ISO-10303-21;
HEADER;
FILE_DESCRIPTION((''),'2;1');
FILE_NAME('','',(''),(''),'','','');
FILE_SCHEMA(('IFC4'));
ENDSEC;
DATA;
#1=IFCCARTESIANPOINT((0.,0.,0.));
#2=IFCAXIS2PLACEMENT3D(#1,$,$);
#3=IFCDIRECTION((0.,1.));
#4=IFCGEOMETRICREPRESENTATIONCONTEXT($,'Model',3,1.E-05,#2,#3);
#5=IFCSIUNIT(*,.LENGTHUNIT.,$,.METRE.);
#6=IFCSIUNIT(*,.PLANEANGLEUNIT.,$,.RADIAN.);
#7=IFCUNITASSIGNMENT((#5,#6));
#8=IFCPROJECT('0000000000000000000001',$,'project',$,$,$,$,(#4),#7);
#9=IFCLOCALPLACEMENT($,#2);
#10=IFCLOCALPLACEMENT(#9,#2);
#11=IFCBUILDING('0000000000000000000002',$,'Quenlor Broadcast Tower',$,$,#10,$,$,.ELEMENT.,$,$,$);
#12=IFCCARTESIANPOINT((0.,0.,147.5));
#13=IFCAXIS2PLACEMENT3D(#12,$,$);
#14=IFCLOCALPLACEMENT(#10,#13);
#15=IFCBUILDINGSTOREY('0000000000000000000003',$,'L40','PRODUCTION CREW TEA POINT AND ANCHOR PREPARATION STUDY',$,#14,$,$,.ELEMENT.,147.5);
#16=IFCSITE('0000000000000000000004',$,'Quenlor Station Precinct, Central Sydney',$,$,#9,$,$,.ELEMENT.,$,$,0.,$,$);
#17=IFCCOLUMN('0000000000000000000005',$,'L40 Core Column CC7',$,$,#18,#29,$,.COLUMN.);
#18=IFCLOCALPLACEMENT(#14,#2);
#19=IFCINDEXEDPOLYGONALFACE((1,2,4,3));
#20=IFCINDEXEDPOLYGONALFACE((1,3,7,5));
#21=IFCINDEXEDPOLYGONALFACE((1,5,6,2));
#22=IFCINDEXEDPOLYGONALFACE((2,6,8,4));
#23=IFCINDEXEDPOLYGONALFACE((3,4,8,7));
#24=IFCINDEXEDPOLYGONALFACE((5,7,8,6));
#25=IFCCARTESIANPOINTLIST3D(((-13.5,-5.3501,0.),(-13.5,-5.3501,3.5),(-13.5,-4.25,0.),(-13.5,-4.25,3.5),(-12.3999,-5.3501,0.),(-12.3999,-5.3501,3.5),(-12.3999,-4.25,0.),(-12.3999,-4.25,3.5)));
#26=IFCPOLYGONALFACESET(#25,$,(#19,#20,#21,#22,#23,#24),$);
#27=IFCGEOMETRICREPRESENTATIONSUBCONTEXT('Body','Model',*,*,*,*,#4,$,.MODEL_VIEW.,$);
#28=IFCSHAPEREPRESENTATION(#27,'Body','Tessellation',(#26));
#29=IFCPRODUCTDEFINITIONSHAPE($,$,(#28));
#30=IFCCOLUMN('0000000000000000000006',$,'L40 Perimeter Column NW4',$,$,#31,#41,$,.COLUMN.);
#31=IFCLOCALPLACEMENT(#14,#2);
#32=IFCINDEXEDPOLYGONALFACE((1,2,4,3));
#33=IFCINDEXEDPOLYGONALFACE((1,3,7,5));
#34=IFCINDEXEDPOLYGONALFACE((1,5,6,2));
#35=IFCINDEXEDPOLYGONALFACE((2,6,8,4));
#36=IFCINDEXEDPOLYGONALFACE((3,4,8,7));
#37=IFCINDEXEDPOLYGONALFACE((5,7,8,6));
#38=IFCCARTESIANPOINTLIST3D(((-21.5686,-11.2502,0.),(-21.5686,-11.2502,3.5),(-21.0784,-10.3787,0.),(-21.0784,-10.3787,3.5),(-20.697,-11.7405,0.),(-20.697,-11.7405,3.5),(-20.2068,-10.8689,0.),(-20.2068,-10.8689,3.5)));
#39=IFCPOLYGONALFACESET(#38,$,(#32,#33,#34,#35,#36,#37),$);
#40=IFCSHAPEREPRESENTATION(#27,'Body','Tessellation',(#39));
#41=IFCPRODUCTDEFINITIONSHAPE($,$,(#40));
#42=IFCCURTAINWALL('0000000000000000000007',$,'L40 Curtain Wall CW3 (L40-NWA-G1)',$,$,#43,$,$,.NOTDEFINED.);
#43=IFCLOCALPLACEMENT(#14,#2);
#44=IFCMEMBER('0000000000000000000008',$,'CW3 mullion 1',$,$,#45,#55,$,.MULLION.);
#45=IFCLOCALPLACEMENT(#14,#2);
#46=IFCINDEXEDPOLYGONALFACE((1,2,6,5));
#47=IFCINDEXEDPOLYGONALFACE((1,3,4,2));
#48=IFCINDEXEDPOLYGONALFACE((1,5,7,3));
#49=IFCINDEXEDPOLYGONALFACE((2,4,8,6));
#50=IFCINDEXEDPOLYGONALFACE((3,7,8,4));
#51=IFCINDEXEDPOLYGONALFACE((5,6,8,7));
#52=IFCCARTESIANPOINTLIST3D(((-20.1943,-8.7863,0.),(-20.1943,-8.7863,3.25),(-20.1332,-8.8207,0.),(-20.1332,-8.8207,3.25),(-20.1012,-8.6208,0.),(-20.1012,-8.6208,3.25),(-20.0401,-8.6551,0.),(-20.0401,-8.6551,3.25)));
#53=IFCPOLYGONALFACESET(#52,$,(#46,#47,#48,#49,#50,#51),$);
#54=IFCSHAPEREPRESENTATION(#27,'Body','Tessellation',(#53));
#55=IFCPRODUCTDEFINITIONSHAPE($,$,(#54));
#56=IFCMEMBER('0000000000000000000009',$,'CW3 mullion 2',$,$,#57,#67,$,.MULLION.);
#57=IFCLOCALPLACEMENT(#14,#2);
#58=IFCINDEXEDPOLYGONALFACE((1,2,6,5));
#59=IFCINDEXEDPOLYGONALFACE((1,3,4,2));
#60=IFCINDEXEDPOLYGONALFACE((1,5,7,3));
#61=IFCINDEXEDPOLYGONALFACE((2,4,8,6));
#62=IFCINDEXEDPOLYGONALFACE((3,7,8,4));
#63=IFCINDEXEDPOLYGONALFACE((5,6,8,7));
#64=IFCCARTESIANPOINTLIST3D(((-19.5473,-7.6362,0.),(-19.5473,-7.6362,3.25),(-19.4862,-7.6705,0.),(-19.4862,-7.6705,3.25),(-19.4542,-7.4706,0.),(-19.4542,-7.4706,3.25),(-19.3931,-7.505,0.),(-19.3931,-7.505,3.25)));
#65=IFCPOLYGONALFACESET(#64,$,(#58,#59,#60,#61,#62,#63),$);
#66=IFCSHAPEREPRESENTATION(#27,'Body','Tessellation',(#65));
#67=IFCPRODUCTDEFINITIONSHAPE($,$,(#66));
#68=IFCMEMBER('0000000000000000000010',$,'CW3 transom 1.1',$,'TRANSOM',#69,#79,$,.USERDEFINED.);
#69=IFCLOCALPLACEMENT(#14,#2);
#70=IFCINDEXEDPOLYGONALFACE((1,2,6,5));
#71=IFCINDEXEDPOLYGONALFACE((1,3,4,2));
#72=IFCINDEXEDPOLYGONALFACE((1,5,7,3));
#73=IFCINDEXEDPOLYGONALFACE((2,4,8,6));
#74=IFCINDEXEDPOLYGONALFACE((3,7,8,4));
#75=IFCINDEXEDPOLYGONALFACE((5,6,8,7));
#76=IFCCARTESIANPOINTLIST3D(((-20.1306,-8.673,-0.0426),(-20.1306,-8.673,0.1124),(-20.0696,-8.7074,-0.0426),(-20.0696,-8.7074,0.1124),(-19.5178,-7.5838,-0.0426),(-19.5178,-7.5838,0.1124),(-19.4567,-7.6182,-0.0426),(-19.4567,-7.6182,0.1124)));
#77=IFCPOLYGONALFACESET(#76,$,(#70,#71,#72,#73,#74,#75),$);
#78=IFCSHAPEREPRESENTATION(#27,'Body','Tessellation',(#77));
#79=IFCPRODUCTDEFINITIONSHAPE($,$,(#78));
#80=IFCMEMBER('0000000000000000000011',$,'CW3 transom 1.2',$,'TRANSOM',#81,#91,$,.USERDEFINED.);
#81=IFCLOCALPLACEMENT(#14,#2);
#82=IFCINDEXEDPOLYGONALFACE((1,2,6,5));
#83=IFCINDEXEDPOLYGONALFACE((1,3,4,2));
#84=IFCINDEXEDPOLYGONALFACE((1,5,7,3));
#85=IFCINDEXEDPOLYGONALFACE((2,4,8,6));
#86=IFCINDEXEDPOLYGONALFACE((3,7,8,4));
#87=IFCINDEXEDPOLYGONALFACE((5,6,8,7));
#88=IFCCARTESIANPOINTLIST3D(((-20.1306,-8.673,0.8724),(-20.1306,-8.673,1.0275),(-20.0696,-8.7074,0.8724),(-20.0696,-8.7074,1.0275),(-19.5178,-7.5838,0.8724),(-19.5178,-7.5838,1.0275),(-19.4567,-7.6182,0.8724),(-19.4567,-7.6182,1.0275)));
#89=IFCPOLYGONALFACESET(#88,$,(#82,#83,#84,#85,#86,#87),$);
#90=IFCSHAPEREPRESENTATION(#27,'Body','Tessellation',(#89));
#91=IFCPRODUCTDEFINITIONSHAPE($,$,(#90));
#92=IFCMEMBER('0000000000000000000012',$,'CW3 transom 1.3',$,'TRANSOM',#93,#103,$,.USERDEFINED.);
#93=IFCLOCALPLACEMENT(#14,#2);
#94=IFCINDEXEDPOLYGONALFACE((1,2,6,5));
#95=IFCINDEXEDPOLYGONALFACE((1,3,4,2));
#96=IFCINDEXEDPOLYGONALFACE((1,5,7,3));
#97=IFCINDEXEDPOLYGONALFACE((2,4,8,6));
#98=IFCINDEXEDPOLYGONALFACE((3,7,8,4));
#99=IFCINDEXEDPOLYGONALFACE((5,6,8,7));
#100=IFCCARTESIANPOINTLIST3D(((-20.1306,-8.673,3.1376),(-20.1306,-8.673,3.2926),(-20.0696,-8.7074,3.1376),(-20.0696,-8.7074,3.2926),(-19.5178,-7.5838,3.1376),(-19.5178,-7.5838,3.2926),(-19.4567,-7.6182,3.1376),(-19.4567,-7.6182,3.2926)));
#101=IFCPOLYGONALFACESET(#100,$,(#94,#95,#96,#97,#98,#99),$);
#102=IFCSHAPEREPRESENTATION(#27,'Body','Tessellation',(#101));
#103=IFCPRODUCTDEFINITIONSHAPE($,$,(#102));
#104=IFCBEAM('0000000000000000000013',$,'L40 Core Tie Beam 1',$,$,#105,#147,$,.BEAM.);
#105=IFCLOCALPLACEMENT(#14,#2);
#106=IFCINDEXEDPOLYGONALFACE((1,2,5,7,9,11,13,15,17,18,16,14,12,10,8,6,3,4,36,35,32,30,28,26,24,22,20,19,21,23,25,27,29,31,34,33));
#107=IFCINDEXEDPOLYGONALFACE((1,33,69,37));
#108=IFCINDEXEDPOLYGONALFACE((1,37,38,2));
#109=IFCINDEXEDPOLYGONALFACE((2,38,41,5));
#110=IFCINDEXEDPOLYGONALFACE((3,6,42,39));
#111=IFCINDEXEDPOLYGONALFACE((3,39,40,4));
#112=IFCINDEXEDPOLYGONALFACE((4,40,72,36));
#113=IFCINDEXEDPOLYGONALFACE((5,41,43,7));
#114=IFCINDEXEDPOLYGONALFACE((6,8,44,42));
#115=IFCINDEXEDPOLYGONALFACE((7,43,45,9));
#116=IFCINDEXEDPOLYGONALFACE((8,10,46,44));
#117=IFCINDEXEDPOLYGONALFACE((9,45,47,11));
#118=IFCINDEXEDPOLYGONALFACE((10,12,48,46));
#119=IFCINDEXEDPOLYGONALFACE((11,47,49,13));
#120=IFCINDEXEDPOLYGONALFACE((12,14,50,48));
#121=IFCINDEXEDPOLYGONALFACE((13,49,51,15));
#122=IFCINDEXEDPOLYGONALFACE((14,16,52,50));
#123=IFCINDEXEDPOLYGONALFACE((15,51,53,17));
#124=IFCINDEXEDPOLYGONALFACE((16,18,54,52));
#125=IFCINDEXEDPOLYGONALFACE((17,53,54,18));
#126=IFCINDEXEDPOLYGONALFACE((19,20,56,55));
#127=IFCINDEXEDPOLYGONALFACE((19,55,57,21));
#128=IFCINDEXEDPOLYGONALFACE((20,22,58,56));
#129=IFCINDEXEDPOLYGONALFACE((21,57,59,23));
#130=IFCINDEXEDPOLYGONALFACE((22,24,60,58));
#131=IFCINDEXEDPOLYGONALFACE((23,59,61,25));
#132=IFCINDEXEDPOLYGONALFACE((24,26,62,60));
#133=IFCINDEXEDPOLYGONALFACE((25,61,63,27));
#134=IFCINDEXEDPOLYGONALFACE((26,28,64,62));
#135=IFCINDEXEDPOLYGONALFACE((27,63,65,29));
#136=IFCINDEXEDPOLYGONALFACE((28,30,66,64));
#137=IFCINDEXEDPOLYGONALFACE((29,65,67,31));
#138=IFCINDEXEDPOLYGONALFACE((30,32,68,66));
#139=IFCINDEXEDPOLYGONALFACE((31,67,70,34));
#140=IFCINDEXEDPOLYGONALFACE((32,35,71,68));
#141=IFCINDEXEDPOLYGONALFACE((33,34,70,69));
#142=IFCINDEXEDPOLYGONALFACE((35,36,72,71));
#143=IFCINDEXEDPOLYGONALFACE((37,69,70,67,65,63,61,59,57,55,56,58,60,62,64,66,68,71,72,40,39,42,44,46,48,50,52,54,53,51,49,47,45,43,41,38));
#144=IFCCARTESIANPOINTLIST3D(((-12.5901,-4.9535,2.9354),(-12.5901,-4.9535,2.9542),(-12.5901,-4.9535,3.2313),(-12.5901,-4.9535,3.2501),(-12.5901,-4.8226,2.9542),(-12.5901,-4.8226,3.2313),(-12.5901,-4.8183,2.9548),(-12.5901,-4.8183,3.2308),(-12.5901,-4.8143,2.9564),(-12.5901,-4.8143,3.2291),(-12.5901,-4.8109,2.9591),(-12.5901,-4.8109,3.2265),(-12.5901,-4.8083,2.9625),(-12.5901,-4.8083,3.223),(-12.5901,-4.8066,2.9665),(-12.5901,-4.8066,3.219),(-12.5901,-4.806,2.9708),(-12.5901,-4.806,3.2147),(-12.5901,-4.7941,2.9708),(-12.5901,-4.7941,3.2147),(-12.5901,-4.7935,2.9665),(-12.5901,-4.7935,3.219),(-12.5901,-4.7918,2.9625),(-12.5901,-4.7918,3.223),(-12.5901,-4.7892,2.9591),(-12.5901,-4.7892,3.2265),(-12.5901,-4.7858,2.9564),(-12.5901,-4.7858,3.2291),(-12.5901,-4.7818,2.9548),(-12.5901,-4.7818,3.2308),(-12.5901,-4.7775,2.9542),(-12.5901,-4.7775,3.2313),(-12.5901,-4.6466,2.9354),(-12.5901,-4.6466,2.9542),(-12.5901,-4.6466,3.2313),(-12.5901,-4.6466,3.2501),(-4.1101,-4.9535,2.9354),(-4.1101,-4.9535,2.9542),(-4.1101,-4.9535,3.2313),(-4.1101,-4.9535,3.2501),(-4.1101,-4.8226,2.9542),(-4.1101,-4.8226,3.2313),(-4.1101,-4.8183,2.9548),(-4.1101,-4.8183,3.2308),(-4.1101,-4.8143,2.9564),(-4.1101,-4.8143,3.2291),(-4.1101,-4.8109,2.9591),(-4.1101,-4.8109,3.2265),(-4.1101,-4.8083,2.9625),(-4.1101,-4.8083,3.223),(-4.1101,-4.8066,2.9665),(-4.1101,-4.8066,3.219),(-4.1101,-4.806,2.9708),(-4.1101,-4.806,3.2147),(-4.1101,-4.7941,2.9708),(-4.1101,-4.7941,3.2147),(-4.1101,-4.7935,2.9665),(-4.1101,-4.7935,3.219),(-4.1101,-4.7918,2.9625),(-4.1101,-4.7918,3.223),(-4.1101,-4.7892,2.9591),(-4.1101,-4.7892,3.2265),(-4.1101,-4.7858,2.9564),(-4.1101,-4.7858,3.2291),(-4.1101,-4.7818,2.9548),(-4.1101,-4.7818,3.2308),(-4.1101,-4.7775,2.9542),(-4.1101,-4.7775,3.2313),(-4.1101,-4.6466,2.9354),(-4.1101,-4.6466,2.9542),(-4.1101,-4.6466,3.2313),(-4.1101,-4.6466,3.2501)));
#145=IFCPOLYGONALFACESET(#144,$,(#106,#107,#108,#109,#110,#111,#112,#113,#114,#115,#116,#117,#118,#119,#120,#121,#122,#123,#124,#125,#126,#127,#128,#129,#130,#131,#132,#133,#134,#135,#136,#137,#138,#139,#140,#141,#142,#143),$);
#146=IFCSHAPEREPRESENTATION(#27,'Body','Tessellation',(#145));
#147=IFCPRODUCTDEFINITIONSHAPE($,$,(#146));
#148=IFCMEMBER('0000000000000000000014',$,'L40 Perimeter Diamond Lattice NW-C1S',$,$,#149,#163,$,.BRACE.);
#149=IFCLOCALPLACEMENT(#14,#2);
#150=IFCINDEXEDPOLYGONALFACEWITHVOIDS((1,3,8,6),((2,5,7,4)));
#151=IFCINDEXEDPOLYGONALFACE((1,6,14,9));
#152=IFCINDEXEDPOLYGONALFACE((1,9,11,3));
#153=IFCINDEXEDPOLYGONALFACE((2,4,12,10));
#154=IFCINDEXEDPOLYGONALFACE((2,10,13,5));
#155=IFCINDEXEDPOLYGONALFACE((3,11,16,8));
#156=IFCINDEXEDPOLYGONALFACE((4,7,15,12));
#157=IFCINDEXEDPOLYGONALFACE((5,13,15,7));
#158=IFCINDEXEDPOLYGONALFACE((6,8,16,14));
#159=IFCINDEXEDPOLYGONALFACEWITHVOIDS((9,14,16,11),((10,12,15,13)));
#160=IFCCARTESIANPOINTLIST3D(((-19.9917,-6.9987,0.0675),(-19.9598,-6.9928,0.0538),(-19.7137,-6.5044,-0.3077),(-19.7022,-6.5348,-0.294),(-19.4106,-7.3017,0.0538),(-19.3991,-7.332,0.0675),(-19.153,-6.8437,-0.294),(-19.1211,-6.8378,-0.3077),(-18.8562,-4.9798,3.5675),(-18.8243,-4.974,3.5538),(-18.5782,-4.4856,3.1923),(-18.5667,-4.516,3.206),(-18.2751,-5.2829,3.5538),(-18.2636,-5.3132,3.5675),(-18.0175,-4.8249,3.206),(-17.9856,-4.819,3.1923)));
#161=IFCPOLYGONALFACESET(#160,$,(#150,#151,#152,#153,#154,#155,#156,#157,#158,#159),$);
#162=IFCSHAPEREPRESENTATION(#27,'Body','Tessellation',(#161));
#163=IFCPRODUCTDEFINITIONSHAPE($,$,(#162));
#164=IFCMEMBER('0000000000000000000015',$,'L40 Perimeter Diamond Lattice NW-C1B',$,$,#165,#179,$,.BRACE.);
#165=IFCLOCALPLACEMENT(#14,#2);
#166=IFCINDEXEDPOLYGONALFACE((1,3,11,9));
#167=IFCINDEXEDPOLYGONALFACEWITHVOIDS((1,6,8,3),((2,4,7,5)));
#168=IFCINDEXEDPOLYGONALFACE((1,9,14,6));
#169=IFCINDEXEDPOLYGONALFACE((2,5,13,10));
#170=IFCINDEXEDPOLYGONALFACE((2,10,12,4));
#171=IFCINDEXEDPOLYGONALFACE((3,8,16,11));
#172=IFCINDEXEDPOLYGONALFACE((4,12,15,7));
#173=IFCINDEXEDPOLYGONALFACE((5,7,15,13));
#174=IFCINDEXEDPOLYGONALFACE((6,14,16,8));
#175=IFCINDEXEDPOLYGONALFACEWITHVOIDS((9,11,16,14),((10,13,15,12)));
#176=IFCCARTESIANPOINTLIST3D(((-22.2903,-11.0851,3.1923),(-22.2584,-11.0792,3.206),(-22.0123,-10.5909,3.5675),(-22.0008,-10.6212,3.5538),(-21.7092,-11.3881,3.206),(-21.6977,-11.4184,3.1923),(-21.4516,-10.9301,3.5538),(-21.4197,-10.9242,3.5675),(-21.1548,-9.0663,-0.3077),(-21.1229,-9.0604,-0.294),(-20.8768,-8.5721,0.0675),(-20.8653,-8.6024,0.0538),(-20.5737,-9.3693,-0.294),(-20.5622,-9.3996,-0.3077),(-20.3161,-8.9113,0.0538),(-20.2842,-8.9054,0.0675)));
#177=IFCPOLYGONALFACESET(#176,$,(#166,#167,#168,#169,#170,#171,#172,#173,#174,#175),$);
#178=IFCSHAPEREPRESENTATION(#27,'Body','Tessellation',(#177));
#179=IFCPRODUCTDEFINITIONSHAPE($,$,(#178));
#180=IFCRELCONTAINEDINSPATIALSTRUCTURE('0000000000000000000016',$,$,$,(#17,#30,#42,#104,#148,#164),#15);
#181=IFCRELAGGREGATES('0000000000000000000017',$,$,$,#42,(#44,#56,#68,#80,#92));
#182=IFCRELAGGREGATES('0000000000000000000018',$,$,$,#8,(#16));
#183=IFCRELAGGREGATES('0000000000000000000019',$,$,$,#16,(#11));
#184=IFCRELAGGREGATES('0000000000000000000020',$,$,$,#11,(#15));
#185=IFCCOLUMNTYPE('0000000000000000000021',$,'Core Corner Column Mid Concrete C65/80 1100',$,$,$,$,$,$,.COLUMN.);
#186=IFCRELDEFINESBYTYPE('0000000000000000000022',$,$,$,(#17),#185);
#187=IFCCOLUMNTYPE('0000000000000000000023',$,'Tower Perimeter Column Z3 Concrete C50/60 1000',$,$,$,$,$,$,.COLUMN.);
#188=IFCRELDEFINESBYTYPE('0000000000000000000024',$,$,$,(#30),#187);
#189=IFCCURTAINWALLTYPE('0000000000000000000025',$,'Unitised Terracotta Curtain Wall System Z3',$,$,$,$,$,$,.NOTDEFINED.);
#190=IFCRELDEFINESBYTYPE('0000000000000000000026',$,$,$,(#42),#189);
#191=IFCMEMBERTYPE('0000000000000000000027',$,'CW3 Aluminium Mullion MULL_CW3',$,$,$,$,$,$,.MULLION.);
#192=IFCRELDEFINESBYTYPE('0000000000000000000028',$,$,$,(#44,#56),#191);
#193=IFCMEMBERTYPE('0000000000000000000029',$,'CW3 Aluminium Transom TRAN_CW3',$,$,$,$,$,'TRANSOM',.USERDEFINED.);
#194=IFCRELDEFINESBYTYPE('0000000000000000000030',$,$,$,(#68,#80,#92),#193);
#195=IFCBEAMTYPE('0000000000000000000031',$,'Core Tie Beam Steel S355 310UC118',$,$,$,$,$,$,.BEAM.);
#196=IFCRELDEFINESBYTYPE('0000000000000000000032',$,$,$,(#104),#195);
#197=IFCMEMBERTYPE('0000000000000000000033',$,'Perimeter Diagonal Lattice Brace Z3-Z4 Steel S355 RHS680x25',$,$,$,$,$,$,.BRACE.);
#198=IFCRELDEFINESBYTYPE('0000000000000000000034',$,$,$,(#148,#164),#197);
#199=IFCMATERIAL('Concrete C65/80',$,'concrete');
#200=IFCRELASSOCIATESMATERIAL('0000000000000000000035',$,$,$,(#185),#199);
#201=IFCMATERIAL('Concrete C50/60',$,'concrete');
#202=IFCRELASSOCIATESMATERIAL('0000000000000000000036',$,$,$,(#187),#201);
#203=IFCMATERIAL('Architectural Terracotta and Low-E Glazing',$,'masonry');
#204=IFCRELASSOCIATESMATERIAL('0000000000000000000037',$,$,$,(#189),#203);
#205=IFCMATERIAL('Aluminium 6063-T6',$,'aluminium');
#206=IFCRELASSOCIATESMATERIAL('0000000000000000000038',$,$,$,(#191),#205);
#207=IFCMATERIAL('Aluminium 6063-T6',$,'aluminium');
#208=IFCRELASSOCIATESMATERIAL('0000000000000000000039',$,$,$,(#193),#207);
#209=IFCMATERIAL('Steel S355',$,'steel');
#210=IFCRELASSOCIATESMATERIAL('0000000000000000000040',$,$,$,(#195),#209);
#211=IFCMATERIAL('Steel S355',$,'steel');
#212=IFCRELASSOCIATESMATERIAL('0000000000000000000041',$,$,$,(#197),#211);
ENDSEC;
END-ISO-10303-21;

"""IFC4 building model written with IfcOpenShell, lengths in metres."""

from ifc_helpers import new_model, si_unit, direction, frame, origin, origin_2d, place, context, subcontext, project, spatial, rectangle, hollow_rectangle, i_section, extrude, material, material_profile, profile_set, type_object, element, aggregate, save


model = new_model("IFC4")

# Units and contexts
model_context = context("Model", 3, precision=1e-05, world=origin(), true_north=direction((0.0, 1.0)))
body_context = subcontext(model_context, "Body", "Model", "MODEL_VIEW")
ifc_project = project(units=[si_unit("LENGTHUNIT", "METRE"), si_unit("PLANEANGLEUNIT", "RADIAN")], contexts=[model_context])

# Site, building, storey
site_placement = place(None, origin())
site = spatial("IfcSite", under=ifc_project, at=site_placement, Name="Quenlor Station Precinct, Central Sydney", CompositionType="ELEMENT", RefElevation=0.0)
building_placement = place(site_placement, origin())
building = spatial("IfcBuilding", under=site, at=building_placement, Name="Quenlor Broadcast Tower", CompositionType="ELEMENT")
storey_placement = place(building_placement, frame((0.0, 0.0, 147.5)))
storey = spatial("IfcBuildingStorey", under=building, at=storey_placement, Name="L40", Description="PRODUCTION CREW TEA POINT AND ANCHOR PREPARATION STUDY", CompositionType="ELEMENT", Elevation=147.5)

# Columns
ifc_material_1 = material(Name="Concrete C65/80", Category="concrete")
ifc_material_profile_1 = material_profile(ifc_material_1, rectangle(XDim=1.1001, YDim=1.1001, at=origin_2d()))
ifc_profile_set_1 = profile_set([ifc_material_profile_1], Name="Concrete C65/80 RC1100x1100")
column_type_1 = type_object("IfcColumnType", Name="Core Corner Column Mid Concrete C65/80 1100", PredefinedType="COLUMN", material=ifc_profile_set_1)
column_1_placement = place(storey_placement, frame((-12.95, -4.8, 0.0), z_axis=(0.0, 0.0, 1.0), x_axis=(1.0, 0.0, 0.0)))
element("IfcColumn", 1, at=column_1_placement, inside=storey, type_object=column_type_1, Name="L40 Core Column CC7", PredefinedType="COLUMN", context=body_context, shape_type="SweptSolid", body=[
    extrude(rectangle(XDim=1.1001, YDim=1.1001, at=origin_2d()), origin(), (0.0, 0.0, 1.0), 3.5),
])
ifc_material_2 = material(Name="Concrete C50/60", Category="concrete")
ifc_material_profile_2 = material_profile(ifc_material_2, rectangle(XDim=1.0, YDim=1.0, at=origin_2d()))
ifc_profile_set_2 = profile_set([ifc_material_profile_2], Name="Concrete C50/60 RC1000x1000")
column_type_2 = type_object("IfcColumnType", Name="Tower Perimeter Column Z3 Concrete C50/60 1000", PredefinedType="COLUMN", material=ifc_profile_set_2)
column_2_placement = place(storey_placement, frame((-20.8877, -11.0596, 0.0), z_axis=(0.0, 0.0, 1.0), x_axis=(-0.871575, 0.490262, 0.0)))
element("IfcColumn", 2, at=column_2_placement, inside=storey, type_object=column_type_2, Name="L40 Perimeter Column NW4", PredefinedType="COLUMN", context=body_context, shape_type="SweptSolid", body=[
    extrude(rectangle(XDim=1.0, YDim=1.0, at=origin_2d()), origin(), (0.0, 0.0, 1.0), 3.5),
])

# Curtain wall, members
ifc_material_3 = material(Name="Architectural Terracotta and Low-E Glazing", Category="masonry")
curtain_wall_type = type_object("IfcCurtainWallType", Name="Unitised Terracotta Curtain Wall System Z3", PredefinedType="NOTDEFINED", material=ifc_material_3)
curtain_wall_placement = place(storey_placement, origin())
curtain_wall = element("IfcCurtainWall", 3, at=curtain_wall_placement, inside=storey, type_object=curtain_wall_type, Name="L40 Curtain Wall CW3 (L40-NWA-G1)", PredefinedType="NOTDEFINED")
ifc_material_4 = material(Name="Aluminium 6063-T6", Category="aluminium")
ifc_material_profile_3 = material_profile(ifc_material_4, rectangle(XDim=0.0701, YDim=0.1899, at=origin_2d()))
ifc_profile_set_3 = profile_set([ifc_material_profile_3], Name="Aluminium 6063-T6 MULL70x190")
member_type_1 = type_object("IfcMemberType", Name="CW3 Aluminium Mullion MULL_CW3", PredefinedType="MULLION", material=ifc_profile_set_3)
member_1_placement = place(storey_placement, frame((-20.1172, -8.7207, 0.0), z_axis=(0.0, 0.0, 1.0), x_axis=(-0.871576, 0.490261, 0.0)))
member_1 = element("IfcMember", 4, at=member_1_placement, type_object=member_type_1, Name="CW3 mullion 1", PredefinedType="MULLION", context=body_context, shape_type="SweptSolid", body=[
    extrude(rectangle(XDim=0.0701, YDim=0.1899, at=origin_2d()), origin(), (0.0, 0.0, 1.0), 3.25),
])
member_2_placement = place(storey_placement, frame((-19.4702, -7.5706, 0.0), z_axis=(0.0, 0.0, 1.0), x_axis=(-0.871576, 0.490261, 0.0)))
member_2 = element("IfcMember", 5, at=member_2_placement, type_object=member_type_1, Name="CW3 mullion 2", PredefinedType="MULLION", context=body_context, shape_type="SweptSolid", body=[
    extrude(rectangle(XDim=0.0701, YDim=0.1899, at=origin_2d()), origin(), (0.0, 0.0, 1.0), 3.25),
])
ifc_material_5 = material(Name="Aluminium 6063-T6", Category="aluminium")
ifc_material_profile_4 = material_profile(ifc_material_5, rectangle(XDim=0.0701, YDim=0.155, at=origin_2d()))
ifc_profile_set_4 = profile_set([ifc_material_profile_4], Name="Aluminium 6063-T6 TRAN70x155")
member_type_2 = type_object("IfcMemberType", Name="CW3 Aluminium Transom TRAN_CW3", ElementType="TRANSOM", PredefinedType="USERDEFINED", material=ifc_profile_set_4)
member_3_placement = place(storey_placement, frame((-20.1001, -8.6902, 0.0349), z_axis=(0.490363, 0.871518, 0.0), x_axis=(-0.871518, 0.490363, 0.0)))
member_3 = element("IfcMember", 6, at=member_3_placement, type_object=member_type_2, Name="CW3 transom 1.1", ObjectType="TRANSOM", PredefinedType="USERDEFINED", context=body_context, shape_type="SweptSolid", body=[
    extrude(rectangle(XDim=0.0701, YDim=0.155, at=origin_2d()), origin(), (0.0, 0.0, 1.0), 1.2498),
])
member_4_placement = place(storey_placement, frame((-20.1001, -8.6902, 0.95), z_axis=(0.490363, 0.871518, 0.0), x_axis=(-0.871518, 0.490363, 0.0)))
member_4 = element("IfcMember", 7, at=member_4_placement, type_object=member_type_2, Name="CW3 transom 1.2", ObjectType="TRANSOM", PredefinedType="USERDEFINED", context=body_context, shape_type="SweptSolid", body=[
    extrude(rectangle(XDim=0.0701, YDim=0.155, at=origin_2d()), origin(), (0.0, 0.0, 1.0), 1.2498),
])
member_5_placement = place(storey_placement, frame((-20.1001, -8.6902, 3.2151), z_axis=(0.490363, 0.871518, 0.0), x_axis=(-0.871518, 0.490363, 0.0)))
member_5 = element("IfcMember", 8, at=member_5_placement, type_object=member_type_2, Name="CW3 transom 1.3", ObjectType="TRANSOM", PredefinedType="USERDEFINED", context=body_context, shape_type="SweptSolid", body=[
    extrude(rectangle(XDim=0.0701, YDim=0.155, at=origin_2d()), origin(), (0.0, 0.0, 1.0), 1.2498),
])

# Beam
ifc_material_6 = material(Name="Steel S355", Category="steel")
ifc_material_profile_5 = material_profile(ifc_material_6, i_section(OverallWidth=0.3069, OverallDepth=0.3147, WebThickness=0.012, FlangeThickness=0.0188, FilletRadius=0.0166, at=origin_2d()))
ifc_profile_set_5 = profile_set([ifc_material_profile_5], Name="Steel S355 310UC118")
beam_type_1 = type_object("IfcBeamType", Name="Core Tie Beam Steel S355 310UC118", PredefinedType="BEAM", material=ifc_profile_set_5)
beam_1_placement = place(storey_placement, frame((-12.5901, -4.8, 3.0928), z_axis=(1.0, 0.0, 0.0), x_axis=(0.0, 1.0, 0.0)))
element("IfcBeam", 9, at=beam_1_placement, inside=storey, type_object=beam_type_1, Name="L40 Core Tie Beam 1", PredefinedType="BEAM", context=body_context, shape_type="SweptSolid", body=[
    extrude(i_section(OverallWidth=0.3069, OverallDepth=0.3147, WebThickness=0.012, FlangeThickness=0.0188, FilletRadius=0.0166, at=origin_2d()), origin(), (0.0, 0.0, 1.0), 8.48),
])

# Members
ifc_material_7 = material(Name="Steel S355", Category="steel")
ifc_material_profile_6 = material_profile(ifc_material_7, hollow_rectangle(XDim=0.6799, YDim=0.6799, WallThickness=0.0249, at=origin_2d()))
ifc_profile_set_6 = profile_set([ifc_material_profile_6], Name="Steel S355 RHS680x680x25")
member_type_3 = type_object("IfcMemberType", Name="Perimeter Diagonal Lattice Brace Z3-Z4 Steel S355 RHS680x25", PredefinedType="BRACE", material=ifc_profile_set_6)
for number, where, z_axis, x_axis, name in (
    (10, (-19.5564, -6.9182, -0.1201), (0.270549, 0.481009, 0.833927), (-0.87159, 0.490236, 0.0), "L40 Perimeter Diamond Lattice NW-C1S"),
    (11, (-20.7195, -8.9858, -0.1201), (-0.270549, -0.481009, 0.833927), (0.87159, -0.490236, 0.0), "L40 Perimeter Diamond Lattice NW-C1B"),
):
    element("IfcMember", number, at=place(storey_placement, frame(where, z_axis=z_axis, x_axis=x_axis)), inside=storey, type_object=member_type_3, Name=name, PredefinedType="BRACE", context=body_context, shape_type="SweptSolid", body=[
        extrude(hollow_rectangle(XDim=0.6799, YDim=0.6799, WallThickness=0.0249, at=origin_2d()), origin(), (0.0, 0.0, 1.0), 4.197),
    ])

aggregate(curtain_wall, [member_1, member_2, member_3, member_4, member_5])

save(model, "model.ifc")
